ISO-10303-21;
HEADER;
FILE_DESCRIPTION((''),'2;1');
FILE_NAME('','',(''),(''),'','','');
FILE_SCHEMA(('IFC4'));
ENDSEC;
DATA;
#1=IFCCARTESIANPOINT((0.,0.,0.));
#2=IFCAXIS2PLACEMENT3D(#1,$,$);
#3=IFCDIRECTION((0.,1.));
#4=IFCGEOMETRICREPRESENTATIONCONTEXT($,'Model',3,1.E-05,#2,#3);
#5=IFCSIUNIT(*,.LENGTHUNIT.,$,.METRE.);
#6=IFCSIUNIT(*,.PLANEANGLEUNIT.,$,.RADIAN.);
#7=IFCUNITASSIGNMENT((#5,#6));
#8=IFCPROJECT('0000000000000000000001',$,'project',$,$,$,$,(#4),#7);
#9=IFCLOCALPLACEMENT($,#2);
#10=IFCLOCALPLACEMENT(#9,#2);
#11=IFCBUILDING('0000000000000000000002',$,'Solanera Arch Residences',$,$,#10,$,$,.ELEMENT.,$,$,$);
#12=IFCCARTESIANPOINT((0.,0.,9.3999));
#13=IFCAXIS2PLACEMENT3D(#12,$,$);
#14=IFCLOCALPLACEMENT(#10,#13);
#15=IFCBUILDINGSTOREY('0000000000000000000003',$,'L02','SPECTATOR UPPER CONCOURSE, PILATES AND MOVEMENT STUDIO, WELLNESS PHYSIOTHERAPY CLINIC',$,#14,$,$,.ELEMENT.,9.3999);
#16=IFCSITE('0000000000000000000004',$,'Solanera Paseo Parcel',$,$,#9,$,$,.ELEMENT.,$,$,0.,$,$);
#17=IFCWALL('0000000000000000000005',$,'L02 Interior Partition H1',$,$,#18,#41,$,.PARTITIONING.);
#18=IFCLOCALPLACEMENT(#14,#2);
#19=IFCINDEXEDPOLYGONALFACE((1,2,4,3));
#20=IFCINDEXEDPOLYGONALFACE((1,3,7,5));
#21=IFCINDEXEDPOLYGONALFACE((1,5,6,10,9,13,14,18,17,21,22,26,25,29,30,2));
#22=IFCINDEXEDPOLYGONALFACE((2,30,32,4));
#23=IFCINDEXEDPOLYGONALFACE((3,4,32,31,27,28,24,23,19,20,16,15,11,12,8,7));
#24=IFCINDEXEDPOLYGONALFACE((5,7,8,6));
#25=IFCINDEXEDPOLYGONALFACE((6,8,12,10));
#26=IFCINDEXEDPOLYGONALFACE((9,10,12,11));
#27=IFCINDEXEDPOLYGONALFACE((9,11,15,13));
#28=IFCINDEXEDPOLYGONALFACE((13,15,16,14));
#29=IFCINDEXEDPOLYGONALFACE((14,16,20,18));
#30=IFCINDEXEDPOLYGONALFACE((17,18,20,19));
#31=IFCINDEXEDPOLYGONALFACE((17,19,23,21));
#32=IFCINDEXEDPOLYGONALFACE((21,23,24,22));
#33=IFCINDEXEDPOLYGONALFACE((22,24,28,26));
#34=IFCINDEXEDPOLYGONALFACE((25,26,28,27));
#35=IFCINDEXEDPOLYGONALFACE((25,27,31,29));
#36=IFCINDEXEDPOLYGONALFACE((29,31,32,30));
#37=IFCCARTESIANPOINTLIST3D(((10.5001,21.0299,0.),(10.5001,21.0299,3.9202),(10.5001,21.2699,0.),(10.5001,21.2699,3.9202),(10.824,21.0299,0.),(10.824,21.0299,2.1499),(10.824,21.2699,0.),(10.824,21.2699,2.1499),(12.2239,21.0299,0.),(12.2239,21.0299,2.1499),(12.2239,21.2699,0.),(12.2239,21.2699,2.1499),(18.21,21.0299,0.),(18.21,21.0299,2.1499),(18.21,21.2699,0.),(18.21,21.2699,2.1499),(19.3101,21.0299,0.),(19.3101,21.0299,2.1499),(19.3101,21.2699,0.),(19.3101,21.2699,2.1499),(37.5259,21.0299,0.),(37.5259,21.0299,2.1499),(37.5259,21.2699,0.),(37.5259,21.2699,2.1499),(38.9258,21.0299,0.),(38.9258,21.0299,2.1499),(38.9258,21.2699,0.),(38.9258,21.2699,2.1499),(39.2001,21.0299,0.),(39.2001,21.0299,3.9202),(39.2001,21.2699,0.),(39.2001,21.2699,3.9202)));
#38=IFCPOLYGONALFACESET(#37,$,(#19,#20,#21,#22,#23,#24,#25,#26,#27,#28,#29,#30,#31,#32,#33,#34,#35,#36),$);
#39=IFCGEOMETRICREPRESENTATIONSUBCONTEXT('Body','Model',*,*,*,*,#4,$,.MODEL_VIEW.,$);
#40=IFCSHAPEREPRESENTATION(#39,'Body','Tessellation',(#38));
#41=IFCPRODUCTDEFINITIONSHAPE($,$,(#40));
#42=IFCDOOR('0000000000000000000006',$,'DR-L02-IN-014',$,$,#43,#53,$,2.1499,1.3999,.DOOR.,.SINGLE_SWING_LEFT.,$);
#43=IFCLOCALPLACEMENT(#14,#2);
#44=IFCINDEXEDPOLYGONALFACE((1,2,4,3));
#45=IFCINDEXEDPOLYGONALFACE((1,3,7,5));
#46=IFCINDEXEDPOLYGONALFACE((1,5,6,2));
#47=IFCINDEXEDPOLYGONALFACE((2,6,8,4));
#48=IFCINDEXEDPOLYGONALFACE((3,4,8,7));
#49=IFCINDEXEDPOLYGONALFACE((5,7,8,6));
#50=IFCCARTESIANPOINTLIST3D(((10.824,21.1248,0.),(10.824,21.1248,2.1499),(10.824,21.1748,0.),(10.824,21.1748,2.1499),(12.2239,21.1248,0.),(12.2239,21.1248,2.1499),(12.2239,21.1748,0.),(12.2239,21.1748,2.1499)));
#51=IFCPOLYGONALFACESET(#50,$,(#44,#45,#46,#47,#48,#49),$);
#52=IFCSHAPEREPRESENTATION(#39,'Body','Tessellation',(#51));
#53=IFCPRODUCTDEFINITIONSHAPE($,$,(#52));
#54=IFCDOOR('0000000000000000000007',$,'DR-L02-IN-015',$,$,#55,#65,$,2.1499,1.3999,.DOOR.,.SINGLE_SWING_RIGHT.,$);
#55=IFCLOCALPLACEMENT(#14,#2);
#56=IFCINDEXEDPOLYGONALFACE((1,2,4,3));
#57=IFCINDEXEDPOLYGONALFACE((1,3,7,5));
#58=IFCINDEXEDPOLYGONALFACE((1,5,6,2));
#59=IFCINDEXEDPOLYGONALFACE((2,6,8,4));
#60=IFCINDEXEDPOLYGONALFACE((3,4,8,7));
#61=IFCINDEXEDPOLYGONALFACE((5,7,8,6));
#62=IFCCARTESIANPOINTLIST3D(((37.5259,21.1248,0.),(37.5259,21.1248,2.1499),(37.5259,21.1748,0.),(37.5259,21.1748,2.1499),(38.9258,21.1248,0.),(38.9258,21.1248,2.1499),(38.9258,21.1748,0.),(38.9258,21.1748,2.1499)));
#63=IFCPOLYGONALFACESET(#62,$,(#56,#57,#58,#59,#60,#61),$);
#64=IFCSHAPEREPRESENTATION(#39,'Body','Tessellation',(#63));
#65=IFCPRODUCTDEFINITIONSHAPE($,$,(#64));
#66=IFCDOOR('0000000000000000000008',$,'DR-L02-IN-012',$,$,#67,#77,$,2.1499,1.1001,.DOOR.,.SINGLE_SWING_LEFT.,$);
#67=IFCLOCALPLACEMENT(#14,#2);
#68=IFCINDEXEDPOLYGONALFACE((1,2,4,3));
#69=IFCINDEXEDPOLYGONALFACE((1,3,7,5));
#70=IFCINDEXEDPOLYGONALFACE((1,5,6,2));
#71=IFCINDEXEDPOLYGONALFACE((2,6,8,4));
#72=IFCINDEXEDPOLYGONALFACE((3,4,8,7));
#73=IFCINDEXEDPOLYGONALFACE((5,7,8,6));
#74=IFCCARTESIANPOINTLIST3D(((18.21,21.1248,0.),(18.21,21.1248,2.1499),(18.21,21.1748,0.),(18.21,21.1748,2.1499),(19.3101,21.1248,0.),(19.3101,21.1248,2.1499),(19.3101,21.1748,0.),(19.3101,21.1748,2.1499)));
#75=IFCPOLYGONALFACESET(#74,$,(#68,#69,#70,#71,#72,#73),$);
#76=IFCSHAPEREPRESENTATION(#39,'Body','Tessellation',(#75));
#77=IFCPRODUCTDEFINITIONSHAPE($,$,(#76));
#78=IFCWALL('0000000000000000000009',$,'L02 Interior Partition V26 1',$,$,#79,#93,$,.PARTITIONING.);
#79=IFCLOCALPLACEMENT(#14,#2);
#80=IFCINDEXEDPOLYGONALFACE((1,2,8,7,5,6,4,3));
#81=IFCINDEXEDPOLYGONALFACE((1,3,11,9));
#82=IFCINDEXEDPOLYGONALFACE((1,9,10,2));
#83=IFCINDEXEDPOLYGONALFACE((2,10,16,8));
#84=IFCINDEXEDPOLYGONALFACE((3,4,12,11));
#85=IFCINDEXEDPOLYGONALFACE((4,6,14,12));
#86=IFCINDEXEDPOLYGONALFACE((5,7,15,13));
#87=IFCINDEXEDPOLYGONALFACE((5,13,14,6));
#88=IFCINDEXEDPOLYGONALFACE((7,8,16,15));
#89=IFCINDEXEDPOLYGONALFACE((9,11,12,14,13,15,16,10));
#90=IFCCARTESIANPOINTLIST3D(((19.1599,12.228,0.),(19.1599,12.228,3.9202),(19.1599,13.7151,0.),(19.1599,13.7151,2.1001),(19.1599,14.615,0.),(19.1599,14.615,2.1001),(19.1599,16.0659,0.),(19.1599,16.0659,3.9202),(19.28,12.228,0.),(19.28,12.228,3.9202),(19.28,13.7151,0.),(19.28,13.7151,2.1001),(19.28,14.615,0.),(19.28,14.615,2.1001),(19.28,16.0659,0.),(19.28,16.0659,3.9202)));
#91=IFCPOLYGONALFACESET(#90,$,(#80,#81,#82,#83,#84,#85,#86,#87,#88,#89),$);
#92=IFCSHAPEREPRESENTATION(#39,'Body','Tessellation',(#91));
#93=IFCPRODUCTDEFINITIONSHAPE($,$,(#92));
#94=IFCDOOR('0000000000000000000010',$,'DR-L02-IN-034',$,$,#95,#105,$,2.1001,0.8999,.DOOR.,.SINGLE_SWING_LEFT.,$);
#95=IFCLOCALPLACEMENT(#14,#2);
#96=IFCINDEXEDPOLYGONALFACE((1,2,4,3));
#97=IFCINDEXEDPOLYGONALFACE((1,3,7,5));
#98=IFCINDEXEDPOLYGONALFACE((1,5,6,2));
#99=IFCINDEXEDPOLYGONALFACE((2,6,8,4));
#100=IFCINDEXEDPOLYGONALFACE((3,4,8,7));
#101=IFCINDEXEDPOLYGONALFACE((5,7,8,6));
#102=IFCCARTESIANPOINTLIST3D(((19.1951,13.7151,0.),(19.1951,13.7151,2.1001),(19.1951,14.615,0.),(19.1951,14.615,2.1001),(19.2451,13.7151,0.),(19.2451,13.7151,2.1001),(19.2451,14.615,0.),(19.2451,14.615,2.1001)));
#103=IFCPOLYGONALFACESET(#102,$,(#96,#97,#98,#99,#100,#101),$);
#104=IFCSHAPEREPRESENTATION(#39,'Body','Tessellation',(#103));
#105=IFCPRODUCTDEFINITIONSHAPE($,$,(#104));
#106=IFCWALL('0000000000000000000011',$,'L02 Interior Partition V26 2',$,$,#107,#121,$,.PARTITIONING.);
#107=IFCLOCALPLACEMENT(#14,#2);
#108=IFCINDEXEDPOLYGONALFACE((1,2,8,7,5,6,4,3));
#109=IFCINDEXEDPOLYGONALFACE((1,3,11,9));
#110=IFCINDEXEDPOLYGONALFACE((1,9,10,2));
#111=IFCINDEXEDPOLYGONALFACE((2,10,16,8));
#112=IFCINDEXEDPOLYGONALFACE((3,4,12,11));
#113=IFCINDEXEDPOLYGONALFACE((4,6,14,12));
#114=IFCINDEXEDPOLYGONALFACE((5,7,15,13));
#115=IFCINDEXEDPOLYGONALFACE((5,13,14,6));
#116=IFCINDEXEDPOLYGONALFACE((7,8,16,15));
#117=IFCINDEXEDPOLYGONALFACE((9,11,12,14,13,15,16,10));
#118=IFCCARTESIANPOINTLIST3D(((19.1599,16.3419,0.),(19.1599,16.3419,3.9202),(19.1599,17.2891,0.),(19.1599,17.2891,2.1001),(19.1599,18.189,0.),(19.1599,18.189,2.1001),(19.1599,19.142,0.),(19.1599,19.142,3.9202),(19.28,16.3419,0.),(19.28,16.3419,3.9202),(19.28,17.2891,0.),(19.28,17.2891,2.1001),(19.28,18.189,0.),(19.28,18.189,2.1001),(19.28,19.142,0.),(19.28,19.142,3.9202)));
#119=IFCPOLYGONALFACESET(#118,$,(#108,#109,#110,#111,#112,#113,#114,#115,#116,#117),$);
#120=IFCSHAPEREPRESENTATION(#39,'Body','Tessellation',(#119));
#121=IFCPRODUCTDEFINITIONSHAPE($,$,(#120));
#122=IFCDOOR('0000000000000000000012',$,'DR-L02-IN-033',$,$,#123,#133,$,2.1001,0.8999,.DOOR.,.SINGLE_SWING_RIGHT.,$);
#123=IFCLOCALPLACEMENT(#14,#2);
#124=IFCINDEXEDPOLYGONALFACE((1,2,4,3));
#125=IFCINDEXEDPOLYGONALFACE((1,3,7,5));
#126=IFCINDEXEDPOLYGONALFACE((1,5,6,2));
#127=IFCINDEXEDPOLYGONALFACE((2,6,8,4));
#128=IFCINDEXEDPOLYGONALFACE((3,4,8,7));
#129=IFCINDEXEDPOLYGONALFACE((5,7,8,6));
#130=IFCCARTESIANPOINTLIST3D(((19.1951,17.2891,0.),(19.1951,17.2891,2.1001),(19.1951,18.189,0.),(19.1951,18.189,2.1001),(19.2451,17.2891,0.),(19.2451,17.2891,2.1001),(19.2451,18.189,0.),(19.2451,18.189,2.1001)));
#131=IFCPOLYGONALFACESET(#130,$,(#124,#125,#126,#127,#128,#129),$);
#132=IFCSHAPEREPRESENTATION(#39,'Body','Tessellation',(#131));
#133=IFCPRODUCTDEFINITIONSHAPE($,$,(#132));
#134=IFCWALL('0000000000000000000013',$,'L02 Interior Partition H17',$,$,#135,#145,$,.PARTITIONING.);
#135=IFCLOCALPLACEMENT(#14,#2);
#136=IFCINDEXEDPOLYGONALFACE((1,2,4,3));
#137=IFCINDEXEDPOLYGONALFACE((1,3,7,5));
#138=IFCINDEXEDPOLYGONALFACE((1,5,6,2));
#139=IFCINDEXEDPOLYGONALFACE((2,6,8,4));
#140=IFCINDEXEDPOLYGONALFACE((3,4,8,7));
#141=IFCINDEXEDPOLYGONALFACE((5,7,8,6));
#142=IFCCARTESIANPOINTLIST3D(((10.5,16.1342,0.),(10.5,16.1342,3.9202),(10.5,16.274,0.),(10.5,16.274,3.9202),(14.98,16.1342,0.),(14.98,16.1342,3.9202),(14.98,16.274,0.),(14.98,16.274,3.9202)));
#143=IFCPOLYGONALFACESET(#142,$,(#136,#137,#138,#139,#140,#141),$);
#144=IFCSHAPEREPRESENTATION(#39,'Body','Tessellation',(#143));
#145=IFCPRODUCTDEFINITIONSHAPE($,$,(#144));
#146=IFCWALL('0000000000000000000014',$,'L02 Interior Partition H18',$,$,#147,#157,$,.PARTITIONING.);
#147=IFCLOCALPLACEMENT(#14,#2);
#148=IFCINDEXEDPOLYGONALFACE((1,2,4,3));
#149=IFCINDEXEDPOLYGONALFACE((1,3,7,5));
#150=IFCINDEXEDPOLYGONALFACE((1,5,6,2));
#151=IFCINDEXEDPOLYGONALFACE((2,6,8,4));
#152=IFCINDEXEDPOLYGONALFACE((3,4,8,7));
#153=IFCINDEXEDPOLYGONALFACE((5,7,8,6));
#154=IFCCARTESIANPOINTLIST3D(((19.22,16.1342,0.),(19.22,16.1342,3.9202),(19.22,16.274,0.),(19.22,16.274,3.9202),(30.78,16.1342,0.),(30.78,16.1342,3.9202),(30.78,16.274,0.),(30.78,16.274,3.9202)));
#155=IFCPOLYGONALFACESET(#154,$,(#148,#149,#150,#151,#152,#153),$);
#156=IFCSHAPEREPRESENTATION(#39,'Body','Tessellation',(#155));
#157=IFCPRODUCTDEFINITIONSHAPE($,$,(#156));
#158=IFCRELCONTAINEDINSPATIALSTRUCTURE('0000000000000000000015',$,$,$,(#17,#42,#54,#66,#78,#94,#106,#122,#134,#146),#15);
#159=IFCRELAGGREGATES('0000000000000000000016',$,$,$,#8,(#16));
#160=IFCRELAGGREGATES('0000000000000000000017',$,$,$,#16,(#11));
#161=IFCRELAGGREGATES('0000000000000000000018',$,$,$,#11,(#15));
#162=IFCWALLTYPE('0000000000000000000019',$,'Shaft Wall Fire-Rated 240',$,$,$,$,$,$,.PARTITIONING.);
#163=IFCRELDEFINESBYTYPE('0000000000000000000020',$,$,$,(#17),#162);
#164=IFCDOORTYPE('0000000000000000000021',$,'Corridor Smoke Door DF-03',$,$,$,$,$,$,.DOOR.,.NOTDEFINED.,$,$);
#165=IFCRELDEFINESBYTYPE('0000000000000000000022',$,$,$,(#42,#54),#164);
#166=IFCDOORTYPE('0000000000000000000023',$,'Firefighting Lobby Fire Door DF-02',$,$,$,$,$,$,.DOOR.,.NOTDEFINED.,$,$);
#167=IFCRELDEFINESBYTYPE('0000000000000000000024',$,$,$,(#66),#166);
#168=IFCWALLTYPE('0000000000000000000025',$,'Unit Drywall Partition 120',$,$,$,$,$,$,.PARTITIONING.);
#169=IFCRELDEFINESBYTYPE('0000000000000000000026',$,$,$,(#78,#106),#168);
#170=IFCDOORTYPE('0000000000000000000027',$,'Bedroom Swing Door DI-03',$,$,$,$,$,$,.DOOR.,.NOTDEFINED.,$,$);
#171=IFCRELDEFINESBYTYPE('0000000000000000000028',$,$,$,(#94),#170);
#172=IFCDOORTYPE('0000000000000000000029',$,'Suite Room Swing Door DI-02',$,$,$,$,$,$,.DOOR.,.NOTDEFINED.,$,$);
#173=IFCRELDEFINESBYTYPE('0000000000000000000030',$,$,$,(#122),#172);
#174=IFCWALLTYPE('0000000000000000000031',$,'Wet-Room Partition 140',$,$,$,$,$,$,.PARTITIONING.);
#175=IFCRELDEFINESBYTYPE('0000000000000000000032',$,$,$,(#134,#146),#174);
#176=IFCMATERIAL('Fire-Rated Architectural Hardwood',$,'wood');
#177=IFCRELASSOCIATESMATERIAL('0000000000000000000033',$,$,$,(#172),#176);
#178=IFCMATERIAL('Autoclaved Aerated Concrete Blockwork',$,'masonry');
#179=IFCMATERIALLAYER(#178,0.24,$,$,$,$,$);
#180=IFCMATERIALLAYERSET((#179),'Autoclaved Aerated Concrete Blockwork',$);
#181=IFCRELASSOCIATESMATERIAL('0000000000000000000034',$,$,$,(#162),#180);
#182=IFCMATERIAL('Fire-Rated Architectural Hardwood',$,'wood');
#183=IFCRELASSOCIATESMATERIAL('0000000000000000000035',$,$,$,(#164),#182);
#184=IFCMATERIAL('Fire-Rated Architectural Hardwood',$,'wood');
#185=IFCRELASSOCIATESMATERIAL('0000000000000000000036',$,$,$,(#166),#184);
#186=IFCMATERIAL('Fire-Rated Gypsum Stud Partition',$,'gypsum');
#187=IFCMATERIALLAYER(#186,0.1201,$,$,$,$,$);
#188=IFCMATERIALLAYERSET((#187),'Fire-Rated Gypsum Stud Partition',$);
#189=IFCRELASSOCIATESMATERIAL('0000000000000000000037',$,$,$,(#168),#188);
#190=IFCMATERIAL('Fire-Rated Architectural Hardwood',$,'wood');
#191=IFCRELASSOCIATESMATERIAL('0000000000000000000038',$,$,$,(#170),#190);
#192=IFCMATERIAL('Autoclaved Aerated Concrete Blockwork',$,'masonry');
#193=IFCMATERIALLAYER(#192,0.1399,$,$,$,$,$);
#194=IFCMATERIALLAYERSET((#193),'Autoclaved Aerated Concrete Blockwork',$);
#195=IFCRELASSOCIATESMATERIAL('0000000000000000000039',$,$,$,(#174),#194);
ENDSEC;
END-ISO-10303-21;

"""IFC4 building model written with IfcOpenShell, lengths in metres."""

from ifc_helpers import new_model, si_unit, direction, frame, frame_2d, origin, place, context, subcontext, project, spatial, rectangle, extrude, material, layer, layer_set, type_object, element, fill, save


model = new_model("IFC4")

# Units and contexts
model_context = context("Model", 3, precision=1e-05, world=origin(), true_north=direction((0.0, 1.0)))
body_context = subcontext(model_context, "Body", "Model", "MODEL_VIEW")
ifc_project = project(units=[si_unit("LENGTHUNIT", "METRE"), si_unit("PLANEANGLEUNIT", "RADIAN")], contexts=[model_context])

# Site, building, storey
site_placement = place(None, origin())
site = spatial("IfcSite", under=ifc_project, at=site_placement, Name="Solanera Paseo Parcel", CompositionType="ELEMENT", RefElevation=0.0)
building_placement = place(site_placement, origin())
building = spatial("IfcBuilding", under=site, at=building_placement, Name="Solanera Arch Residences", CompositionType="ELEMENT")
storey_placement = place(building_placement, frame((0.0, 0.0, 9.3999)))
storey = spatial("IfcBuildingStorey", under=building, at=storey_placement, Name="L02", Description="SPECTATOR UPPER CONCOURSE, PILATES AND MOVEMENT STUDIO, WELLNESS PHYSIOTHERAPY CLINIC", CompositionType="ELEMENT", Elevation=9.3999)

# Shared definitions
ifc_material_1 = material(Name="Fire-Rated Architectural Hardwood", Category="wood")
door_type_1 = type_object("IfcDoorType", Name="Suite Room Swing Door DI-02", OperationType="NOTDEFINED", PredefinedType="DOOR", material=ifc_material_1)

# Wall, openings, doors
ifc_material_2 = material(Name="Autoclaved Aerated Concrete Blockwork", Category="masonry")
ifc_layer_1 = layer(ifc_material_2, 0.24)
ifc_layer_set_1 = layer_set([ifc_layer_1], Name="Autoclaved Aerated Concrete Blockwork")
wall_type_1 = type_object("IfcWallType", Name="Shaft Wall Fire-Rated 240", PredefinedType="PARTITIONING", material=ifc_layer_set_1)
wall_1_placement = place(storey_placement, frame((10.5, 21.1499, 0.0), z_axis=(0.0, 0.0, 1.0), x_axis=(1.0, 0.0, 0.0)))
wall_1 = element("IfcWall", 1, at=wall_1_placement, inside=storey, type_object=wall_type_1, Name="L02 Interior Partition H1", PredefinedType="PARTITIONING", context=body_context, shape_type="SweptSolid", body=[
    extrude(rectangle(XDim=28.7, YDim=0.24, at=frame_2d((14.3501, 0.0))), origin(), (0.0, 0.0, 1.0), 3.9202),
])
opening_1_placement = place(wall_1_placement, frame((7.71, 0.0, 0.0)))
opening_1 = element("IfcOpeningElement", 2, at=opening_1_placement, cuts=wall_1, PredefinedType="OPENING", context=body_context, shape_type="SweptSolid", body=[
    extrude(rectangle(XDim=1.1001, YDim=2.1499, at=frame_2d((0.55, 1.075))), frame((0.0, 0.1299, 0.0), z_axis=(0.0, -1.0, 0.0), x_axis=(1.0, 0.0, 0.0)), (0.0, 0.0, 1.0), 0.26),
])
opening_2_placement = place(wall_1_placement, frame((0.324, 0.0, 0.0)))
opening_2 = element("IfcOpeningElement", 3, at=opening_2_placement, cuts=wall_1, PredefinedType="OPENING", context=body_context, shape_type="SweptSolid", body=[
    extrude(rectangle(XDim=1.3999, YDim=2.1499, at=frame_2d((0.7, 1.075))), frame((0.0, 0.1299, 0.0), z_axis=(0.0, -1.0, 0.0), x_axis=(1.0, 0.0, 0.0)), (0.0, 0.0, 1.0), 0.26),
])
opening_3_placement = place(wall_1_placement, frame((27.0259, 0.0, 0.0)))
opening_3 = element("IfcOpeningElement", 4, at=opening_3_placement, cuts=wall_1, PredefinedType="OPENING", context=body_context, shape_type="SweptSolid", body=[
    extrude(rectangle(XDim=1.3999, YDim=2.1499, at=frame_2d((0.7, 1.075))), frame((0.0, 0.1299, 0.0), z_axis=(0.0, -1.0, 0.0), x_axis=(1.0, 0.0, 0.0)), (0.0, 0.0, 1.0), 0.26),
])
ifc_material_3 = material(Name="Fire-Rated Architectural Hardwood", Category="wood")
door_type_2 = type_object("IfcDoorType", Name="Corridor Smoke Door DF-03", OperationType="NOTDEFINED", PredefinedType="DOOR", material=ifc_material_3)
door_1_placement = place(opening_2_placement, origin())
door_1 = element("IfcDoor", 5, at=door_1_placement, inside=storey, type_object=door_type_2, Name="DR-L02-IN-014", OperationType="SINGLE_SWING_LEFT", OverallHeight=2.1499, OverallWidth=1.3999, PredefinedType="DOOR", context=body_context, shape_type="SweptSolid", body=[
    extrude(rectangle(XDim=1.3999, YDim=2.1499, at=frame_2d((0.7, 1.075))), frame((0.0, 0.0249, 0.0), z_axis=(0.0, -1.0, 0.0), x_axis=(1.0, 0.0, 0.0)), (0.0, 0.0, 1.0), 0.05),
])
fill(opening_2, door_1)
door_2_placement = place(opening_3_placement, origin())
door_2 = element("IfcDoor", 6, at=door_2_placement, inside=storey, type_object=door_type_2, Name="DR-L02-IN-015", OperationType="SINGLE_SWING_RIGHT", OverallHeight=2.1499, OverallWidth=1.3999, PredefinedType="DOOR", context=body_context, shape_type="SweptSolid", body=[
    extrude(rectangle(XDim=1.3999, YDim=2.1499, at=frame_2d((0.7, 1.075))), frame((0.0, 0.0249, 0.0), z_axis=(0.0, -1.0, 0.0), x_axis=(1.0, 0.0, 0.0)), (0.0, 0.0, 1.0), 0.05),
])
fill(opening_3, door_2)
ifc_material_4 = material(Name="Fire-Rated Architectural Hardwood", Category="wood")
door_type_3 = type_object("IfcDoorType", Name="Firefighting Lobby Fire Door DF-02", OperationType="NOTDEFINED", PredefinedType="DOOR", material=ifc_material_4)
door_3_placement = place(opening_1_placement, origin())
door_3 = element("IfcDoor", 7, at=door_3_placement, inside=storey, type_object=door_type_3, Name="DR-L02-IN-012", OperationType="SINGLE_SWING_LEFT", OverallHeight=2.1499, OverallWidth=1.1001, PredefinedType="DOOR", context=body_context, shape_type="SweptSolid", body=[
    extrude(rectangle(XDim=1.1001, YDim=2.1499, at=frame_2d((0.55, 1.075))), frame((0.0, 0.0249, 0.0), z_axis=(0.0, -1.0, 0.0), x_axis=(1.0, 0.0, 0.0)), (0.0, 0.0, 1.0), 0.05),
])
fill(opening_1, door_3)

# Walls, openings, doors
ifc_material_5 = material(Name="Fire-Rated Gypsum Stud Partition", Category="gypsum")
ifc_layer_2 = layer(ifc_material_5, 0.1201)
ifc_layer_set_2 = layer_set([ifc_layer_2], Name="Fire-Rated Gypsum Stud Partition")
wall_type_2 = type_object("IfcWallType", Name="Unit Drywall Partition 120", PredefinedType="PARTITIONING", material=ifc_layer_set_2)
wall_2_placement = place(storey_placement, frame((19.22, 12.228, 0.0), z_axis=(0.0, 0.0, 1.0), x_axis=(0.0, 1.0, 0.0)))
wall_2 = element("IfcWall", 8, at=wall_2_placement, inside=storey, type_object=wall_type_2, Name="L02 Interior Partition V26 1", PredefinedType="PARTITIONING", context=body_context, shape_type="SweptSolid", body=[
    extrude(rectangle(XDim=3.8379, YDim=0.1201, at=frame_2d((1.9189, 0.0))), origin(), (0.0, 0.0, 1.0), 3.9202),
])
opening_4_placement = place(wall_2_placement, frame((1.4871, 0.0, 0.0)))
opening_4 = element("IfcOpeningElement", 9, at=opening_4_placement, cuts=wall_2, PredefinedType="OPENING", context=body_context, shape_type="SweptSolid", body=[
    extrude(rectangle(XDim=0.8999, YDim=2.1001, at=frame_2d((0.45, 1.05))), frame((0.0, 0.0701, 0.0), z_axis=(0.0, -1.0, 0.0), x_axis=(1.0, 0.0, 0.0)), (0.0, 0.0, 1.0), 0.1401),
])
ifc_material_6 = material(Name="Fire-Rated Architectural Hardwood", Category="wood")
door_type_4 = type_object("IfcDoorType", Name="Bedroom Swing Door DI-03", OperationType="NOTDEFINED", PredefinedType="DOOR", material=ifc_material_6)
door_4_placement = place(opening_4_placement, origin())
door_4 = element("IfcDoor", 10, at=door_4_placement, inside=storey, type_object=door_type_4, Name="DR-L02-IN-034", OperationType="SINGLE_SWING_LEFT", OverallHeight=2.1001, OverallWidth=0.8999, PredefinedType="DOOR", context=body_context, shape_type="SweptSolid", body=[
    extrude(rectangle(XDim=0.8999, YDim=2.1001, at=frame_2d((0.45, 1.05))), frame((0.0, 0.0249, 0.0), z_axis=(0.0, -1.0, 0.0), x_axis=(1.0, 0.0, 0.0)), (0.0, 0.0, 1.0), 0.05),
])
fill(opening_4, door_4)
wall_3_placement = place(storey_placement, frame((19.22, 16.342, 0.0), z_axis=(0.0, 0.0, 1.0), x_axis=(0.0, 1.0, 0.0)))
wall_3 = element("IfcWall", 11, at=wall_3_placement, inside=storey, type_object=wall_type_2, Name="L02 Interior Partition V26 2", PredefinedType="PARTITIONING", context=body_context, shape_type="SweptSolid", body=[
    extrude(rectangle(XDim=2.8, YDim=0.1201, at=frame_2d((1.3999, 0.0))), origin(), (0.0, 0.0, 1.0), 3.9202),
])
opening_5_placement = place(wall_3_placement, frame((0.947, 0.0, 0.0)))
opening_5 = element("IfcOpeningElement", 12, at=opening_5_placement, cuts=wall_3, PredefinedType="OPENING", context=body_context, shape_type="SweptSolid", body=[
    extrude(rectangle(XDim=0.8999, YDim=2.1001, at=frame_2d((0.45, 1.05))), frame((0.0, 0.0701, 0.0), z_axis=(0.0, -1.0, 0.0), x_axis=(1.0, 0.0, 0.0)), (0.0, 0.0, 1.0), 0.1401),
])
door_5_placement = place(opening_5_placement, origin())
door_5 = element("IfcDoor", 13, at=door_5_placement, inside=storey, type_object=door_type_1, Name="DR-L02-IN-033", OperationType="SINGLE_SWING_RIGHT", OverallHeight=2.1001, OverallWidth=0.8999, PredefinedType="DOOR", context=body_context, shape_type="SweptSolid", body=[
    extrude(rectangle(XDim=0.8999, YDim=2.1001, at=frame_2d((0.45, 1.05))), frame((0.0, 0.0249, 0.0), z_axis=(0.0, -1.0, 0.0), x_axis=(1.0, 0.0, 0.0)), (0.0, 0.0, 1.0), 0.05),
])
fill(opening_5, door_5)

# Walls
ifc_material_7 = material(Name="Autoclaved Aerated Concrete Blockwork", Category="masonry")
ifc_layer_3 = layer(ifc_material_7, 0.1399)
ifc_layer_set_3 = layer_set([ifc_layer_3], Name="Autoclaved Aerated Concrete Blockwork")
wall_type_3 = type_object("IfcWallType", Name="Wet-Room Partition 140", PredefinedType="PARTITIONING", material=ifc_layer_set_3)
wall_4_placement = place(storey_placement, frame((10.5, 16.2041, 0.0), z_axis=(0.0, 0.0, 1.0), x_axis=(1.0, 0.0, 0.0)))
element("IfcWall", 14, at=wall_4_placement, inside=storey, type_object=wall_type_3, Name="L02 Interior Partition H17", PredefinedType="PARTITIONING", context=body_context, shape_type="SweptSolid", body=[
    extrude(rectangle(XDim=4.48, YDim=0.1399, at=frame_2d((2.24, 0.0))), origin(), (0.0, 0.0, 1.0), 3.9202),
])
wall_5_placement = place(storey_placement, frame((19.22, 16.2041, 0.0), z_axis=(0.0, 0.0, 1.0), x_axis=(1.0, 0.0, 0.0)))
element("IfcWall", 15, at=wall_5_placement, inside=storey, type_object=wall_type_3, Name="L02 Interior Partition H18", PredefinedType="PARTITIONING", context=body_context, shape_type="SweptSolid", body=[
    extrude(rectangle(XDim=11.5601, YDim=0.1399, at=frame_2d((5.78, 0.0))), origin(), (0.0, 0.0, 1.0), 3.9202),
])

save(model, "model.ifc")
